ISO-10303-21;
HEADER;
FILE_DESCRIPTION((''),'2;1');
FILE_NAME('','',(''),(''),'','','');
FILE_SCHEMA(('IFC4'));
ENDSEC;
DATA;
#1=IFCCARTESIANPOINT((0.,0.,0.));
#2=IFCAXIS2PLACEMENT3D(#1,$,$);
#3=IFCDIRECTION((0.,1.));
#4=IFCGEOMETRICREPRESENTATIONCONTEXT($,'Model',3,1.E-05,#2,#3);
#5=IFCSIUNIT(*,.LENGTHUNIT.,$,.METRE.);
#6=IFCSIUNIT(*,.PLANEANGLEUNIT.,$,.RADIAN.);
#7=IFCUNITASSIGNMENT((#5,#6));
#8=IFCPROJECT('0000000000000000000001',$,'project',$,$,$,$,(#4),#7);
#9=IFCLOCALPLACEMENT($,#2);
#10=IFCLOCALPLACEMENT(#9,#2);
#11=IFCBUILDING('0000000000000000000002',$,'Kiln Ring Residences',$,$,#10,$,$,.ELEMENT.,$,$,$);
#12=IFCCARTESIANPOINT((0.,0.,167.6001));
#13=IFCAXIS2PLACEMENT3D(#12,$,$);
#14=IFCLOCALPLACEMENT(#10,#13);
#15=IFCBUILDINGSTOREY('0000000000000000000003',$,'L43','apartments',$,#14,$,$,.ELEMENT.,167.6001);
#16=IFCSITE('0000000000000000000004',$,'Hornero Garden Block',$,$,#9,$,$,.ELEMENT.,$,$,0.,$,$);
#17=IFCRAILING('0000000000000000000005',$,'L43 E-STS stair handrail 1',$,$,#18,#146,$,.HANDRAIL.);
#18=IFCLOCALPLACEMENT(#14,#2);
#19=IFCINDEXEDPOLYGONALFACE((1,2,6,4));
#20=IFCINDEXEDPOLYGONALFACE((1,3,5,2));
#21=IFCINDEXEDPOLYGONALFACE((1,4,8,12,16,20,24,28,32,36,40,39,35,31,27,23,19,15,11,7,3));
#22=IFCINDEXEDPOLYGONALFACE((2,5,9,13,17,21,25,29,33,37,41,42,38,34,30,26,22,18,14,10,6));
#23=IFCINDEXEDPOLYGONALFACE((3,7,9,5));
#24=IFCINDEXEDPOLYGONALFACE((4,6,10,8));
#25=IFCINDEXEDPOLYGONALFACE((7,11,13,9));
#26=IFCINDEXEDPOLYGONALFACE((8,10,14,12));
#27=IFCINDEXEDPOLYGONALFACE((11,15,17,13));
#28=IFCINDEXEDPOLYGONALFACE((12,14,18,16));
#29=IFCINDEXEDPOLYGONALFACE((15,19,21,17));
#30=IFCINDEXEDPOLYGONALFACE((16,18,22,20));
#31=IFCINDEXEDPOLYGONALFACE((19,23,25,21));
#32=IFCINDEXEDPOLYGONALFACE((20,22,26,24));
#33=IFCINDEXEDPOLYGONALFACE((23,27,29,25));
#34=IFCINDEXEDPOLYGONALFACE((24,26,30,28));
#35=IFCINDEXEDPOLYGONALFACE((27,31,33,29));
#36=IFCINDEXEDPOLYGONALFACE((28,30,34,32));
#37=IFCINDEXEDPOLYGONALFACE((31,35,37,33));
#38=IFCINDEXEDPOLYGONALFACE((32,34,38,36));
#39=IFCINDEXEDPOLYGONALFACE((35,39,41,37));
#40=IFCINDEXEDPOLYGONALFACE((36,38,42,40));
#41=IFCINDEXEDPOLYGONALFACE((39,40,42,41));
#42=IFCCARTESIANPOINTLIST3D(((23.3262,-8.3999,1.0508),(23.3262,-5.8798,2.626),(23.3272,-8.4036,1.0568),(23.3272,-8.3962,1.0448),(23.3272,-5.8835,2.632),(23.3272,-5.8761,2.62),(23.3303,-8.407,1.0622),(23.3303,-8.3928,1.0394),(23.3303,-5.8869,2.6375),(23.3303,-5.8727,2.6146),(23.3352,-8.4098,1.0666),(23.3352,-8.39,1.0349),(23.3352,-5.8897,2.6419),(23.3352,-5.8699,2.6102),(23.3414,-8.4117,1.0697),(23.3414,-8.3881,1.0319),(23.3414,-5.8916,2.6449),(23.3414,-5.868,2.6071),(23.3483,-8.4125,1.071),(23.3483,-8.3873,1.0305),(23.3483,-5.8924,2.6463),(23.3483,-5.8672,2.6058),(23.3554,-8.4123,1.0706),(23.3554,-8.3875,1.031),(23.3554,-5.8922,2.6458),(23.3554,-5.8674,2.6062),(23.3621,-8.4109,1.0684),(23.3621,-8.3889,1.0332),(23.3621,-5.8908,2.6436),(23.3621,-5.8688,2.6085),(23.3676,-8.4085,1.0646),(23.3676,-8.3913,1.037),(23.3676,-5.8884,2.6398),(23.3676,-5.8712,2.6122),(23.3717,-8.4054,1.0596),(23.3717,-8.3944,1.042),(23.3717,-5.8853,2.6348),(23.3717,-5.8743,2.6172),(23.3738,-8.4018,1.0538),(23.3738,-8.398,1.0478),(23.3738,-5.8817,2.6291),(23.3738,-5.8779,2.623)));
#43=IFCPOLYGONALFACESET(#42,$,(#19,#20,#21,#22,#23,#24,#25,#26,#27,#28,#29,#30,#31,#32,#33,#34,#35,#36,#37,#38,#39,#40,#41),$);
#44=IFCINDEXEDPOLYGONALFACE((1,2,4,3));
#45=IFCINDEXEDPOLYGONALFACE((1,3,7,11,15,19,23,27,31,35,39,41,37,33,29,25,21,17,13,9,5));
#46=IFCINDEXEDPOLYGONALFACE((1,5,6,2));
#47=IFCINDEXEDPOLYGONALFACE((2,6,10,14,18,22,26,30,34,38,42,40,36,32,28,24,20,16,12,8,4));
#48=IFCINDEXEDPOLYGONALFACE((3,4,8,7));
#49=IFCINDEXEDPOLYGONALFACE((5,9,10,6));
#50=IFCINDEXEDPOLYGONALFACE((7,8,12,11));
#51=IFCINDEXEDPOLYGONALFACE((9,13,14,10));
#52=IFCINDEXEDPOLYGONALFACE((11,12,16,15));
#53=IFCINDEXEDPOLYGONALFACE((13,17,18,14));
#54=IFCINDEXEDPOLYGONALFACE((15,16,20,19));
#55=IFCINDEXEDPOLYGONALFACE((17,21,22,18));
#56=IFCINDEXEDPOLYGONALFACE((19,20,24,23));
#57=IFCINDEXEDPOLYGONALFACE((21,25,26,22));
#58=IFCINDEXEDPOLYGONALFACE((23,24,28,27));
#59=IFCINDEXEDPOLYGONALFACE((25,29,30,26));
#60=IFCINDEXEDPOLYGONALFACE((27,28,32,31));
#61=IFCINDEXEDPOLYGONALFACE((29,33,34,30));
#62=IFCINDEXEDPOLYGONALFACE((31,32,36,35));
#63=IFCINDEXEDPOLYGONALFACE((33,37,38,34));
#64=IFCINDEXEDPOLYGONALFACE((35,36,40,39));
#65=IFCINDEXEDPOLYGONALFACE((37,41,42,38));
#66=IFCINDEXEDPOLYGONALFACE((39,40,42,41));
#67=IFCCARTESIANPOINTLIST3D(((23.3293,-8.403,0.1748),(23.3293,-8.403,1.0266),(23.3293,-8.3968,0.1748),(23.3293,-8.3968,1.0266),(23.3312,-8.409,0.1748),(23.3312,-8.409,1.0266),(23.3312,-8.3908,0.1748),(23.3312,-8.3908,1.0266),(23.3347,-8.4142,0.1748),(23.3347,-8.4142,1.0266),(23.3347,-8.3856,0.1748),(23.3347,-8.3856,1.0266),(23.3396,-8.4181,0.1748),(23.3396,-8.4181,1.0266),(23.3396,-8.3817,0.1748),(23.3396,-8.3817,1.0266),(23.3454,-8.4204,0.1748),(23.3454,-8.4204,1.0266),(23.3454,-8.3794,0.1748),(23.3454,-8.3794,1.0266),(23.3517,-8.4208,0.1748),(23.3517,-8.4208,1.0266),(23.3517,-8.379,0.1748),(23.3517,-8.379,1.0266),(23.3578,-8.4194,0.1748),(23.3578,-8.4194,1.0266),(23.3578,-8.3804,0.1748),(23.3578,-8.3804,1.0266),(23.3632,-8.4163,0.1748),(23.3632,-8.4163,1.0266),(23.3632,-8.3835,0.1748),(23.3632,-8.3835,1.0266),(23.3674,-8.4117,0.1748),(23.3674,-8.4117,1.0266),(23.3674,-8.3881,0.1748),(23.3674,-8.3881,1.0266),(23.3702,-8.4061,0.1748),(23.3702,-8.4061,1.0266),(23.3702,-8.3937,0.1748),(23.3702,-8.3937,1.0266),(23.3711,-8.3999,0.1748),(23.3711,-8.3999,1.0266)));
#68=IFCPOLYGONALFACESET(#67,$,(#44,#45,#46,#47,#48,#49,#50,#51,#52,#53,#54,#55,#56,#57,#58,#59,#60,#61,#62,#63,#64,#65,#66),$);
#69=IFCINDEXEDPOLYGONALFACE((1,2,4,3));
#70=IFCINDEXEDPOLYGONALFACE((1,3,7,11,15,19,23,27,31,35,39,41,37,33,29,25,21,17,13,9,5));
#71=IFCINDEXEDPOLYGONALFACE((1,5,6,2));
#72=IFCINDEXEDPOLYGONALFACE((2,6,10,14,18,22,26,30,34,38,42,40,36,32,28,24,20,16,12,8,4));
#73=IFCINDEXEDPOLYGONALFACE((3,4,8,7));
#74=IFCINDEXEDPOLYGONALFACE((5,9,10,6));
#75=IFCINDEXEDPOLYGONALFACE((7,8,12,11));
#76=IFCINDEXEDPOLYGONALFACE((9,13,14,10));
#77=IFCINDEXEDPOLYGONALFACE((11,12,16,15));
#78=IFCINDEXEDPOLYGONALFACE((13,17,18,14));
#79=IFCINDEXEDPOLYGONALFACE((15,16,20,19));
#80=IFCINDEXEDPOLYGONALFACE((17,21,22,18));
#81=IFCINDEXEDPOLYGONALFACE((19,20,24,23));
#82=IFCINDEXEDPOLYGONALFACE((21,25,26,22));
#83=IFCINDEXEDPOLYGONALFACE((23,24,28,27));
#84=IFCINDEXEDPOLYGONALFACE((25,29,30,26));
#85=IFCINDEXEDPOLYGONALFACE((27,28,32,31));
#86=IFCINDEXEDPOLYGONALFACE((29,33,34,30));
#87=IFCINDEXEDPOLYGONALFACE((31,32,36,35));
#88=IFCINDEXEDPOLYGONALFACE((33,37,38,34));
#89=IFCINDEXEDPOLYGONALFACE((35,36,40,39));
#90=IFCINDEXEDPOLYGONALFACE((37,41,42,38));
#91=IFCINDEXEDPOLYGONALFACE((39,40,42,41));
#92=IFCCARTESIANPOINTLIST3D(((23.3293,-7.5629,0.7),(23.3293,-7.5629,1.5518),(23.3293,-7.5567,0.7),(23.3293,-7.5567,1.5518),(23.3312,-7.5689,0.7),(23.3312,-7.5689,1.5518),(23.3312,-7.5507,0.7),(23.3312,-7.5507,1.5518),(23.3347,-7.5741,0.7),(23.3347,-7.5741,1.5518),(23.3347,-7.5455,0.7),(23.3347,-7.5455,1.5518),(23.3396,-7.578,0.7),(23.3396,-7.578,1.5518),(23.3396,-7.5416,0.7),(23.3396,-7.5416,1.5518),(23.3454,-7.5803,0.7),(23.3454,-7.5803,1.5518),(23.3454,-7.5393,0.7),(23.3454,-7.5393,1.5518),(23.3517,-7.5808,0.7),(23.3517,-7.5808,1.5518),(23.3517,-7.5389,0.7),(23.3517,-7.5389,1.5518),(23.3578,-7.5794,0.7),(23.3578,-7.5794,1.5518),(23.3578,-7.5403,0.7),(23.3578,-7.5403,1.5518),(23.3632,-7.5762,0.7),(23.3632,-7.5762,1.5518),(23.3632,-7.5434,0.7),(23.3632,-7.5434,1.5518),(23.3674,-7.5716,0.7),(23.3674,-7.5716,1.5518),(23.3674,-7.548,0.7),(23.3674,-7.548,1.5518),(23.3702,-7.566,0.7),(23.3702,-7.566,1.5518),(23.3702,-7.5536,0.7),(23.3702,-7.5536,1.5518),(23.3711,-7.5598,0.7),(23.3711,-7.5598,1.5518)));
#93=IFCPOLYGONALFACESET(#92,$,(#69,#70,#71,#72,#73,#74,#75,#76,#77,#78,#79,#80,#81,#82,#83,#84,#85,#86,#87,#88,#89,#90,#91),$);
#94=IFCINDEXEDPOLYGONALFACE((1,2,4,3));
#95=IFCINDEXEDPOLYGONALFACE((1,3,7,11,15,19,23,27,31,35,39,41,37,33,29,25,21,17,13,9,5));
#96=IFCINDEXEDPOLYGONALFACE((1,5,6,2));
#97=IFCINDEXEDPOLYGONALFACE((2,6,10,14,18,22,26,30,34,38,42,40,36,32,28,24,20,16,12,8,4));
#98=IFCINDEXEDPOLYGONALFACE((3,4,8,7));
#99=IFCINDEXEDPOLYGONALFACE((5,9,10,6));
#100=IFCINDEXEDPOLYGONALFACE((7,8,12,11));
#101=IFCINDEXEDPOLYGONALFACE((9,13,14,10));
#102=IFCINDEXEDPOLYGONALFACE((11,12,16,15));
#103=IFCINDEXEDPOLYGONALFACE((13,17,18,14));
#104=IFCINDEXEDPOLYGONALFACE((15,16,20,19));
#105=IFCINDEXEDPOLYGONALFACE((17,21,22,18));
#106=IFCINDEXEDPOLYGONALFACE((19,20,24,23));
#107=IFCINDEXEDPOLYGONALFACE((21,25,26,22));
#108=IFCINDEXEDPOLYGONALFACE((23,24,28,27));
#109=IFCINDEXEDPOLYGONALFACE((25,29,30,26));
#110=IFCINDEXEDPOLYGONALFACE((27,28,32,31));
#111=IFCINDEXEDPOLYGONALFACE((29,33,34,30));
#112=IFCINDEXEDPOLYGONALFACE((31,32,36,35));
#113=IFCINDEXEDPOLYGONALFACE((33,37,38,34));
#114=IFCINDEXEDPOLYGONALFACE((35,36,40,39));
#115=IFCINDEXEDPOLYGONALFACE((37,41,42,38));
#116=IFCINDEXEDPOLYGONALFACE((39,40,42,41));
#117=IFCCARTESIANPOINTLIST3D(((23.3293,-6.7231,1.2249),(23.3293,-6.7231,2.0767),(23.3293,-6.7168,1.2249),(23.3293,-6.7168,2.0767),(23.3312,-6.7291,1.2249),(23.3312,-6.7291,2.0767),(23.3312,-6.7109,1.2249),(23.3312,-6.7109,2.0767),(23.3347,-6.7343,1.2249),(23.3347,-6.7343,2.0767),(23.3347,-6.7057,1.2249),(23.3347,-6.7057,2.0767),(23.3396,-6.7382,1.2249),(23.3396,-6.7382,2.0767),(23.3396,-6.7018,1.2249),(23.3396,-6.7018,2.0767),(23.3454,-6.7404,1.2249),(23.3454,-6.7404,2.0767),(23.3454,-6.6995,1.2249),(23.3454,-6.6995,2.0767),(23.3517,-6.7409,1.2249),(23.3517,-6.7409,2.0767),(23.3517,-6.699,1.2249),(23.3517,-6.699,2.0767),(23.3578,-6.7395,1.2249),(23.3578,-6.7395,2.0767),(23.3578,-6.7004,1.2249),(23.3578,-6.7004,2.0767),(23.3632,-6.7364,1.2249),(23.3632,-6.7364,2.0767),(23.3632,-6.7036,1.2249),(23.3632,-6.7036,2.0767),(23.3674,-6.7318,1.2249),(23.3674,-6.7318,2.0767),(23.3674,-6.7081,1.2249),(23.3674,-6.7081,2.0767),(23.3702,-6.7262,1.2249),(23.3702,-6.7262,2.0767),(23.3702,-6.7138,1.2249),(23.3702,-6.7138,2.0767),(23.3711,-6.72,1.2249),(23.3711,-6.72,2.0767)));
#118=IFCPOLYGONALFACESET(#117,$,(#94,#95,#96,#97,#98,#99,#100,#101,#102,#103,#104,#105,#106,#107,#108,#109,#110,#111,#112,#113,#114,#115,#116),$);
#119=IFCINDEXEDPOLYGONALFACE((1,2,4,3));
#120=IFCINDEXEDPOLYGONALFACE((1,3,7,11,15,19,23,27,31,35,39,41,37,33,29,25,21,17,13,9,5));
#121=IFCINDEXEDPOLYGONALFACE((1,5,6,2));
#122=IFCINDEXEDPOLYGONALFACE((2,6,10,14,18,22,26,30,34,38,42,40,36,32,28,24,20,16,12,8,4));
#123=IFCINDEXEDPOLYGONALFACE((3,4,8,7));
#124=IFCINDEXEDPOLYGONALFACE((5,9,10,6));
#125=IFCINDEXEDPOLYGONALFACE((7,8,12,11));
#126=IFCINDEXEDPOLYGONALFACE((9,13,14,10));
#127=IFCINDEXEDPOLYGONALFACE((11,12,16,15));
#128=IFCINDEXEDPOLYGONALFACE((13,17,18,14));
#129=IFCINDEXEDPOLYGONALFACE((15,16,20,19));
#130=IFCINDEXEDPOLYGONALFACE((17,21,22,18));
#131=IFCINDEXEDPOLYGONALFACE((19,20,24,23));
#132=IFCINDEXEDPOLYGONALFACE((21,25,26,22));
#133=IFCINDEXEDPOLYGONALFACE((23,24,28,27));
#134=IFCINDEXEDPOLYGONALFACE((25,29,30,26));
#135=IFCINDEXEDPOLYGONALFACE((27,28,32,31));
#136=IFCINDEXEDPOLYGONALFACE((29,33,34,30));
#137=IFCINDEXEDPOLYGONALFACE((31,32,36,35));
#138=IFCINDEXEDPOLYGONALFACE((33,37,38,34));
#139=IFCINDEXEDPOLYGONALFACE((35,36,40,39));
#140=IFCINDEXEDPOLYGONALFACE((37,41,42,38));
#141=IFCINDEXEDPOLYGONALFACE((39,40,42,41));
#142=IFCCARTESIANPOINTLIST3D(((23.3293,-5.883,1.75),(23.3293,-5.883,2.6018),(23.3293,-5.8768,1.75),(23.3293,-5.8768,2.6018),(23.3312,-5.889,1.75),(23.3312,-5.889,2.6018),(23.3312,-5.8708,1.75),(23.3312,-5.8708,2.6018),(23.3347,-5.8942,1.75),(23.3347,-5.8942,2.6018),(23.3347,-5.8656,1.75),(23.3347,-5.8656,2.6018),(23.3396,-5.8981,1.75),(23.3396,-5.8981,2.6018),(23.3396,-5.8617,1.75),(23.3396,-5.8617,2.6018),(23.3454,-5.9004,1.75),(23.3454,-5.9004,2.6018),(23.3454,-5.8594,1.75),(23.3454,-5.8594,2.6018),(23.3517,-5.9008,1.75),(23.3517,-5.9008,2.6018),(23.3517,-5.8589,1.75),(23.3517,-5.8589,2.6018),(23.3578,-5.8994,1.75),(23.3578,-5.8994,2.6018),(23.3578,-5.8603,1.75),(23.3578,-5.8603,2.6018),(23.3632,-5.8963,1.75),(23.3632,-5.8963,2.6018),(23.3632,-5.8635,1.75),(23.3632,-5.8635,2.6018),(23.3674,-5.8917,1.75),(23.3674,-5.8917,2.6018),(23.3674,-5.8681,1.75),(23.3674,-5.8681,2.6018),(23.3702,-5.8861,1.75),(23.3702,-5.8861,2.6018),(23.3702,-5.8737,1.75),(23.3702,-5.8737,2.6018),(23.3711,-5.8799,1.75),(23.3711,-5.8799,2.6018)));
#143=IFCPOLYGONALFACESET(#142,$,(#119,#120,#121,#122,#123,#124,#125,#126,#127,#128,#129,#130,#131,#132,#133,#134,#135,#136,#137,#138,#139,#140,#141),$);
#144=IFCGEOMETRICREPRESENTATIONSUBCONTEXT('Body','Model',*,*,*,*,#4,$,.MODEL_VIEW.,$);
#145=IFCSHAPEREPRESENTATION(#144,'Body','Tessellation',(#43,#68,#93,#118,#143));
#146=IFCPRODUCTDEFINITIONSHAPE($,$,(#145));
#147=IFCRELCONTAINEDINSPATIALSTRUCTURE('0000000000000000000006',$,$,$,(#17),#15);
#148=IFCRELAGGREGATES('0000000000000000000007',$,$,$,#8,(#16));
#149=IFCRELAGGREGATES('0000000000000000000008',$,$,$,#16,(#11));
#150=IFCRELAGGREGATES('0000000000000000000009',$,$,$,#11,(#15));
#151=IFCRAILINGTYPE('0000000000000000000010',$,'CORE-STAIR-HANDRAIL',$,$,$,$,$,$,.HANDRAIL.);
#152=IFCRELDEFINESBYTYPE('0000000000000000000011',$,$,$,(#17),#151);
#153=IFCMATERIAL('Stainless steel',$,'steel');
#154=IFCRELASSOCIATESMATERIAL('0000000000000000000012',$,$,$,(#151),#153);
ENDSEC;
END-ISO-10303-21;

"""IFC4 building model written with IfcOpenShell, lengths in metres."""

from ifc_helpers import new_model, si_unit, direction, frame, origin, origin_2d, place, context, subcontext, project, spatial, circle, extrude, material, type_object, element, save


model = new_model("IFC4")

# Units and contexts
model_context = context("Model", 3, precision=1e-05, world=origin(), true_north=direction((0.0, 1.0)))
body_context = subcontext(model_context, "Body", "Model", "MODEL_VIEW")
ifc_project = project(units=[si_unit("LENGTHUNIT", "METRE"), si_unit("PLANEANGLEUNIT", "RADIAN")], contexts=[model_context])

# Site, building, storey
site_placement = place(None, origin())
site = spatial("IfcSite", under=ifc_project, at=site_placement, Name="Hornero Garden Block", CompositionType="ELEMENT", RefElevation=0.0)
building_placement = place(site_placement, origin())
building = spatial("IfcBuilding", under=site, at=building_placement, Name="Kiln Ring Residences", CompositionType="ELEMENT")
storey_placement = place(building_placement, frame((0.0, 0.0, 167.6001)))
storey = spatial("IfcBuildingStorey", under=building, at=storey_placement, Name="L43", Description="apartments", CompositionType="ELEMENT", Elevation=167.6001)

# Railing
ifc_material_1 = material(Name="Stainless steel", Category="steel")
railing_type_1 = type_object("IfcRailingType", Name="CORE-STAIR-HANDRAIL", PredefinedType="HANDRAIL", material=ifc_material_1)
railing_1_placement = place(storey_placement, frame((23.3501, -8.3999, 0.1748)))
element("IfcRailing", 1, at=railing_1_placement, inside=storey, type_object=railing_type_1, Name="L43 E-STS stair handrail 1", PredefinedType="HANDRAIL", context=body_context, shape_type="SweptSolid", body=[
    extrude(circle(Radius=0.0239, at=origin_2d()), frame((0.0, 0.0, 0.876), z_axis=(0.0, 0.847971, 0.530043), x_axis=(-1.0, 0.0, 0.0)), (0.0, 0.0, 1.0), 2.9719),
    extrude(circle(Radius=0.021, at=origin_2d()), origin(), (0.0, 0.0, 1.0), 0.8518),
    extrude(circle(Radius=0.021, at=origin_2d()), frame((0.0, 0.8401, 0.5251)), (0.0, 0.0, 1.0), 0.8518),
    extrude(circle(Radius=0.021, at=origin_2d()), frame((0.0, 1.6799, 1.05)), (0.0, 0.0, 1.0), 0.8518),
    extrude(circle(Radius=0.021, at=origin_2d()), frame((0.0, 2.52, 1.5752)), (0.0, 0.0, 1.0), 0.8518),
])

save(model, "model.ifc")
